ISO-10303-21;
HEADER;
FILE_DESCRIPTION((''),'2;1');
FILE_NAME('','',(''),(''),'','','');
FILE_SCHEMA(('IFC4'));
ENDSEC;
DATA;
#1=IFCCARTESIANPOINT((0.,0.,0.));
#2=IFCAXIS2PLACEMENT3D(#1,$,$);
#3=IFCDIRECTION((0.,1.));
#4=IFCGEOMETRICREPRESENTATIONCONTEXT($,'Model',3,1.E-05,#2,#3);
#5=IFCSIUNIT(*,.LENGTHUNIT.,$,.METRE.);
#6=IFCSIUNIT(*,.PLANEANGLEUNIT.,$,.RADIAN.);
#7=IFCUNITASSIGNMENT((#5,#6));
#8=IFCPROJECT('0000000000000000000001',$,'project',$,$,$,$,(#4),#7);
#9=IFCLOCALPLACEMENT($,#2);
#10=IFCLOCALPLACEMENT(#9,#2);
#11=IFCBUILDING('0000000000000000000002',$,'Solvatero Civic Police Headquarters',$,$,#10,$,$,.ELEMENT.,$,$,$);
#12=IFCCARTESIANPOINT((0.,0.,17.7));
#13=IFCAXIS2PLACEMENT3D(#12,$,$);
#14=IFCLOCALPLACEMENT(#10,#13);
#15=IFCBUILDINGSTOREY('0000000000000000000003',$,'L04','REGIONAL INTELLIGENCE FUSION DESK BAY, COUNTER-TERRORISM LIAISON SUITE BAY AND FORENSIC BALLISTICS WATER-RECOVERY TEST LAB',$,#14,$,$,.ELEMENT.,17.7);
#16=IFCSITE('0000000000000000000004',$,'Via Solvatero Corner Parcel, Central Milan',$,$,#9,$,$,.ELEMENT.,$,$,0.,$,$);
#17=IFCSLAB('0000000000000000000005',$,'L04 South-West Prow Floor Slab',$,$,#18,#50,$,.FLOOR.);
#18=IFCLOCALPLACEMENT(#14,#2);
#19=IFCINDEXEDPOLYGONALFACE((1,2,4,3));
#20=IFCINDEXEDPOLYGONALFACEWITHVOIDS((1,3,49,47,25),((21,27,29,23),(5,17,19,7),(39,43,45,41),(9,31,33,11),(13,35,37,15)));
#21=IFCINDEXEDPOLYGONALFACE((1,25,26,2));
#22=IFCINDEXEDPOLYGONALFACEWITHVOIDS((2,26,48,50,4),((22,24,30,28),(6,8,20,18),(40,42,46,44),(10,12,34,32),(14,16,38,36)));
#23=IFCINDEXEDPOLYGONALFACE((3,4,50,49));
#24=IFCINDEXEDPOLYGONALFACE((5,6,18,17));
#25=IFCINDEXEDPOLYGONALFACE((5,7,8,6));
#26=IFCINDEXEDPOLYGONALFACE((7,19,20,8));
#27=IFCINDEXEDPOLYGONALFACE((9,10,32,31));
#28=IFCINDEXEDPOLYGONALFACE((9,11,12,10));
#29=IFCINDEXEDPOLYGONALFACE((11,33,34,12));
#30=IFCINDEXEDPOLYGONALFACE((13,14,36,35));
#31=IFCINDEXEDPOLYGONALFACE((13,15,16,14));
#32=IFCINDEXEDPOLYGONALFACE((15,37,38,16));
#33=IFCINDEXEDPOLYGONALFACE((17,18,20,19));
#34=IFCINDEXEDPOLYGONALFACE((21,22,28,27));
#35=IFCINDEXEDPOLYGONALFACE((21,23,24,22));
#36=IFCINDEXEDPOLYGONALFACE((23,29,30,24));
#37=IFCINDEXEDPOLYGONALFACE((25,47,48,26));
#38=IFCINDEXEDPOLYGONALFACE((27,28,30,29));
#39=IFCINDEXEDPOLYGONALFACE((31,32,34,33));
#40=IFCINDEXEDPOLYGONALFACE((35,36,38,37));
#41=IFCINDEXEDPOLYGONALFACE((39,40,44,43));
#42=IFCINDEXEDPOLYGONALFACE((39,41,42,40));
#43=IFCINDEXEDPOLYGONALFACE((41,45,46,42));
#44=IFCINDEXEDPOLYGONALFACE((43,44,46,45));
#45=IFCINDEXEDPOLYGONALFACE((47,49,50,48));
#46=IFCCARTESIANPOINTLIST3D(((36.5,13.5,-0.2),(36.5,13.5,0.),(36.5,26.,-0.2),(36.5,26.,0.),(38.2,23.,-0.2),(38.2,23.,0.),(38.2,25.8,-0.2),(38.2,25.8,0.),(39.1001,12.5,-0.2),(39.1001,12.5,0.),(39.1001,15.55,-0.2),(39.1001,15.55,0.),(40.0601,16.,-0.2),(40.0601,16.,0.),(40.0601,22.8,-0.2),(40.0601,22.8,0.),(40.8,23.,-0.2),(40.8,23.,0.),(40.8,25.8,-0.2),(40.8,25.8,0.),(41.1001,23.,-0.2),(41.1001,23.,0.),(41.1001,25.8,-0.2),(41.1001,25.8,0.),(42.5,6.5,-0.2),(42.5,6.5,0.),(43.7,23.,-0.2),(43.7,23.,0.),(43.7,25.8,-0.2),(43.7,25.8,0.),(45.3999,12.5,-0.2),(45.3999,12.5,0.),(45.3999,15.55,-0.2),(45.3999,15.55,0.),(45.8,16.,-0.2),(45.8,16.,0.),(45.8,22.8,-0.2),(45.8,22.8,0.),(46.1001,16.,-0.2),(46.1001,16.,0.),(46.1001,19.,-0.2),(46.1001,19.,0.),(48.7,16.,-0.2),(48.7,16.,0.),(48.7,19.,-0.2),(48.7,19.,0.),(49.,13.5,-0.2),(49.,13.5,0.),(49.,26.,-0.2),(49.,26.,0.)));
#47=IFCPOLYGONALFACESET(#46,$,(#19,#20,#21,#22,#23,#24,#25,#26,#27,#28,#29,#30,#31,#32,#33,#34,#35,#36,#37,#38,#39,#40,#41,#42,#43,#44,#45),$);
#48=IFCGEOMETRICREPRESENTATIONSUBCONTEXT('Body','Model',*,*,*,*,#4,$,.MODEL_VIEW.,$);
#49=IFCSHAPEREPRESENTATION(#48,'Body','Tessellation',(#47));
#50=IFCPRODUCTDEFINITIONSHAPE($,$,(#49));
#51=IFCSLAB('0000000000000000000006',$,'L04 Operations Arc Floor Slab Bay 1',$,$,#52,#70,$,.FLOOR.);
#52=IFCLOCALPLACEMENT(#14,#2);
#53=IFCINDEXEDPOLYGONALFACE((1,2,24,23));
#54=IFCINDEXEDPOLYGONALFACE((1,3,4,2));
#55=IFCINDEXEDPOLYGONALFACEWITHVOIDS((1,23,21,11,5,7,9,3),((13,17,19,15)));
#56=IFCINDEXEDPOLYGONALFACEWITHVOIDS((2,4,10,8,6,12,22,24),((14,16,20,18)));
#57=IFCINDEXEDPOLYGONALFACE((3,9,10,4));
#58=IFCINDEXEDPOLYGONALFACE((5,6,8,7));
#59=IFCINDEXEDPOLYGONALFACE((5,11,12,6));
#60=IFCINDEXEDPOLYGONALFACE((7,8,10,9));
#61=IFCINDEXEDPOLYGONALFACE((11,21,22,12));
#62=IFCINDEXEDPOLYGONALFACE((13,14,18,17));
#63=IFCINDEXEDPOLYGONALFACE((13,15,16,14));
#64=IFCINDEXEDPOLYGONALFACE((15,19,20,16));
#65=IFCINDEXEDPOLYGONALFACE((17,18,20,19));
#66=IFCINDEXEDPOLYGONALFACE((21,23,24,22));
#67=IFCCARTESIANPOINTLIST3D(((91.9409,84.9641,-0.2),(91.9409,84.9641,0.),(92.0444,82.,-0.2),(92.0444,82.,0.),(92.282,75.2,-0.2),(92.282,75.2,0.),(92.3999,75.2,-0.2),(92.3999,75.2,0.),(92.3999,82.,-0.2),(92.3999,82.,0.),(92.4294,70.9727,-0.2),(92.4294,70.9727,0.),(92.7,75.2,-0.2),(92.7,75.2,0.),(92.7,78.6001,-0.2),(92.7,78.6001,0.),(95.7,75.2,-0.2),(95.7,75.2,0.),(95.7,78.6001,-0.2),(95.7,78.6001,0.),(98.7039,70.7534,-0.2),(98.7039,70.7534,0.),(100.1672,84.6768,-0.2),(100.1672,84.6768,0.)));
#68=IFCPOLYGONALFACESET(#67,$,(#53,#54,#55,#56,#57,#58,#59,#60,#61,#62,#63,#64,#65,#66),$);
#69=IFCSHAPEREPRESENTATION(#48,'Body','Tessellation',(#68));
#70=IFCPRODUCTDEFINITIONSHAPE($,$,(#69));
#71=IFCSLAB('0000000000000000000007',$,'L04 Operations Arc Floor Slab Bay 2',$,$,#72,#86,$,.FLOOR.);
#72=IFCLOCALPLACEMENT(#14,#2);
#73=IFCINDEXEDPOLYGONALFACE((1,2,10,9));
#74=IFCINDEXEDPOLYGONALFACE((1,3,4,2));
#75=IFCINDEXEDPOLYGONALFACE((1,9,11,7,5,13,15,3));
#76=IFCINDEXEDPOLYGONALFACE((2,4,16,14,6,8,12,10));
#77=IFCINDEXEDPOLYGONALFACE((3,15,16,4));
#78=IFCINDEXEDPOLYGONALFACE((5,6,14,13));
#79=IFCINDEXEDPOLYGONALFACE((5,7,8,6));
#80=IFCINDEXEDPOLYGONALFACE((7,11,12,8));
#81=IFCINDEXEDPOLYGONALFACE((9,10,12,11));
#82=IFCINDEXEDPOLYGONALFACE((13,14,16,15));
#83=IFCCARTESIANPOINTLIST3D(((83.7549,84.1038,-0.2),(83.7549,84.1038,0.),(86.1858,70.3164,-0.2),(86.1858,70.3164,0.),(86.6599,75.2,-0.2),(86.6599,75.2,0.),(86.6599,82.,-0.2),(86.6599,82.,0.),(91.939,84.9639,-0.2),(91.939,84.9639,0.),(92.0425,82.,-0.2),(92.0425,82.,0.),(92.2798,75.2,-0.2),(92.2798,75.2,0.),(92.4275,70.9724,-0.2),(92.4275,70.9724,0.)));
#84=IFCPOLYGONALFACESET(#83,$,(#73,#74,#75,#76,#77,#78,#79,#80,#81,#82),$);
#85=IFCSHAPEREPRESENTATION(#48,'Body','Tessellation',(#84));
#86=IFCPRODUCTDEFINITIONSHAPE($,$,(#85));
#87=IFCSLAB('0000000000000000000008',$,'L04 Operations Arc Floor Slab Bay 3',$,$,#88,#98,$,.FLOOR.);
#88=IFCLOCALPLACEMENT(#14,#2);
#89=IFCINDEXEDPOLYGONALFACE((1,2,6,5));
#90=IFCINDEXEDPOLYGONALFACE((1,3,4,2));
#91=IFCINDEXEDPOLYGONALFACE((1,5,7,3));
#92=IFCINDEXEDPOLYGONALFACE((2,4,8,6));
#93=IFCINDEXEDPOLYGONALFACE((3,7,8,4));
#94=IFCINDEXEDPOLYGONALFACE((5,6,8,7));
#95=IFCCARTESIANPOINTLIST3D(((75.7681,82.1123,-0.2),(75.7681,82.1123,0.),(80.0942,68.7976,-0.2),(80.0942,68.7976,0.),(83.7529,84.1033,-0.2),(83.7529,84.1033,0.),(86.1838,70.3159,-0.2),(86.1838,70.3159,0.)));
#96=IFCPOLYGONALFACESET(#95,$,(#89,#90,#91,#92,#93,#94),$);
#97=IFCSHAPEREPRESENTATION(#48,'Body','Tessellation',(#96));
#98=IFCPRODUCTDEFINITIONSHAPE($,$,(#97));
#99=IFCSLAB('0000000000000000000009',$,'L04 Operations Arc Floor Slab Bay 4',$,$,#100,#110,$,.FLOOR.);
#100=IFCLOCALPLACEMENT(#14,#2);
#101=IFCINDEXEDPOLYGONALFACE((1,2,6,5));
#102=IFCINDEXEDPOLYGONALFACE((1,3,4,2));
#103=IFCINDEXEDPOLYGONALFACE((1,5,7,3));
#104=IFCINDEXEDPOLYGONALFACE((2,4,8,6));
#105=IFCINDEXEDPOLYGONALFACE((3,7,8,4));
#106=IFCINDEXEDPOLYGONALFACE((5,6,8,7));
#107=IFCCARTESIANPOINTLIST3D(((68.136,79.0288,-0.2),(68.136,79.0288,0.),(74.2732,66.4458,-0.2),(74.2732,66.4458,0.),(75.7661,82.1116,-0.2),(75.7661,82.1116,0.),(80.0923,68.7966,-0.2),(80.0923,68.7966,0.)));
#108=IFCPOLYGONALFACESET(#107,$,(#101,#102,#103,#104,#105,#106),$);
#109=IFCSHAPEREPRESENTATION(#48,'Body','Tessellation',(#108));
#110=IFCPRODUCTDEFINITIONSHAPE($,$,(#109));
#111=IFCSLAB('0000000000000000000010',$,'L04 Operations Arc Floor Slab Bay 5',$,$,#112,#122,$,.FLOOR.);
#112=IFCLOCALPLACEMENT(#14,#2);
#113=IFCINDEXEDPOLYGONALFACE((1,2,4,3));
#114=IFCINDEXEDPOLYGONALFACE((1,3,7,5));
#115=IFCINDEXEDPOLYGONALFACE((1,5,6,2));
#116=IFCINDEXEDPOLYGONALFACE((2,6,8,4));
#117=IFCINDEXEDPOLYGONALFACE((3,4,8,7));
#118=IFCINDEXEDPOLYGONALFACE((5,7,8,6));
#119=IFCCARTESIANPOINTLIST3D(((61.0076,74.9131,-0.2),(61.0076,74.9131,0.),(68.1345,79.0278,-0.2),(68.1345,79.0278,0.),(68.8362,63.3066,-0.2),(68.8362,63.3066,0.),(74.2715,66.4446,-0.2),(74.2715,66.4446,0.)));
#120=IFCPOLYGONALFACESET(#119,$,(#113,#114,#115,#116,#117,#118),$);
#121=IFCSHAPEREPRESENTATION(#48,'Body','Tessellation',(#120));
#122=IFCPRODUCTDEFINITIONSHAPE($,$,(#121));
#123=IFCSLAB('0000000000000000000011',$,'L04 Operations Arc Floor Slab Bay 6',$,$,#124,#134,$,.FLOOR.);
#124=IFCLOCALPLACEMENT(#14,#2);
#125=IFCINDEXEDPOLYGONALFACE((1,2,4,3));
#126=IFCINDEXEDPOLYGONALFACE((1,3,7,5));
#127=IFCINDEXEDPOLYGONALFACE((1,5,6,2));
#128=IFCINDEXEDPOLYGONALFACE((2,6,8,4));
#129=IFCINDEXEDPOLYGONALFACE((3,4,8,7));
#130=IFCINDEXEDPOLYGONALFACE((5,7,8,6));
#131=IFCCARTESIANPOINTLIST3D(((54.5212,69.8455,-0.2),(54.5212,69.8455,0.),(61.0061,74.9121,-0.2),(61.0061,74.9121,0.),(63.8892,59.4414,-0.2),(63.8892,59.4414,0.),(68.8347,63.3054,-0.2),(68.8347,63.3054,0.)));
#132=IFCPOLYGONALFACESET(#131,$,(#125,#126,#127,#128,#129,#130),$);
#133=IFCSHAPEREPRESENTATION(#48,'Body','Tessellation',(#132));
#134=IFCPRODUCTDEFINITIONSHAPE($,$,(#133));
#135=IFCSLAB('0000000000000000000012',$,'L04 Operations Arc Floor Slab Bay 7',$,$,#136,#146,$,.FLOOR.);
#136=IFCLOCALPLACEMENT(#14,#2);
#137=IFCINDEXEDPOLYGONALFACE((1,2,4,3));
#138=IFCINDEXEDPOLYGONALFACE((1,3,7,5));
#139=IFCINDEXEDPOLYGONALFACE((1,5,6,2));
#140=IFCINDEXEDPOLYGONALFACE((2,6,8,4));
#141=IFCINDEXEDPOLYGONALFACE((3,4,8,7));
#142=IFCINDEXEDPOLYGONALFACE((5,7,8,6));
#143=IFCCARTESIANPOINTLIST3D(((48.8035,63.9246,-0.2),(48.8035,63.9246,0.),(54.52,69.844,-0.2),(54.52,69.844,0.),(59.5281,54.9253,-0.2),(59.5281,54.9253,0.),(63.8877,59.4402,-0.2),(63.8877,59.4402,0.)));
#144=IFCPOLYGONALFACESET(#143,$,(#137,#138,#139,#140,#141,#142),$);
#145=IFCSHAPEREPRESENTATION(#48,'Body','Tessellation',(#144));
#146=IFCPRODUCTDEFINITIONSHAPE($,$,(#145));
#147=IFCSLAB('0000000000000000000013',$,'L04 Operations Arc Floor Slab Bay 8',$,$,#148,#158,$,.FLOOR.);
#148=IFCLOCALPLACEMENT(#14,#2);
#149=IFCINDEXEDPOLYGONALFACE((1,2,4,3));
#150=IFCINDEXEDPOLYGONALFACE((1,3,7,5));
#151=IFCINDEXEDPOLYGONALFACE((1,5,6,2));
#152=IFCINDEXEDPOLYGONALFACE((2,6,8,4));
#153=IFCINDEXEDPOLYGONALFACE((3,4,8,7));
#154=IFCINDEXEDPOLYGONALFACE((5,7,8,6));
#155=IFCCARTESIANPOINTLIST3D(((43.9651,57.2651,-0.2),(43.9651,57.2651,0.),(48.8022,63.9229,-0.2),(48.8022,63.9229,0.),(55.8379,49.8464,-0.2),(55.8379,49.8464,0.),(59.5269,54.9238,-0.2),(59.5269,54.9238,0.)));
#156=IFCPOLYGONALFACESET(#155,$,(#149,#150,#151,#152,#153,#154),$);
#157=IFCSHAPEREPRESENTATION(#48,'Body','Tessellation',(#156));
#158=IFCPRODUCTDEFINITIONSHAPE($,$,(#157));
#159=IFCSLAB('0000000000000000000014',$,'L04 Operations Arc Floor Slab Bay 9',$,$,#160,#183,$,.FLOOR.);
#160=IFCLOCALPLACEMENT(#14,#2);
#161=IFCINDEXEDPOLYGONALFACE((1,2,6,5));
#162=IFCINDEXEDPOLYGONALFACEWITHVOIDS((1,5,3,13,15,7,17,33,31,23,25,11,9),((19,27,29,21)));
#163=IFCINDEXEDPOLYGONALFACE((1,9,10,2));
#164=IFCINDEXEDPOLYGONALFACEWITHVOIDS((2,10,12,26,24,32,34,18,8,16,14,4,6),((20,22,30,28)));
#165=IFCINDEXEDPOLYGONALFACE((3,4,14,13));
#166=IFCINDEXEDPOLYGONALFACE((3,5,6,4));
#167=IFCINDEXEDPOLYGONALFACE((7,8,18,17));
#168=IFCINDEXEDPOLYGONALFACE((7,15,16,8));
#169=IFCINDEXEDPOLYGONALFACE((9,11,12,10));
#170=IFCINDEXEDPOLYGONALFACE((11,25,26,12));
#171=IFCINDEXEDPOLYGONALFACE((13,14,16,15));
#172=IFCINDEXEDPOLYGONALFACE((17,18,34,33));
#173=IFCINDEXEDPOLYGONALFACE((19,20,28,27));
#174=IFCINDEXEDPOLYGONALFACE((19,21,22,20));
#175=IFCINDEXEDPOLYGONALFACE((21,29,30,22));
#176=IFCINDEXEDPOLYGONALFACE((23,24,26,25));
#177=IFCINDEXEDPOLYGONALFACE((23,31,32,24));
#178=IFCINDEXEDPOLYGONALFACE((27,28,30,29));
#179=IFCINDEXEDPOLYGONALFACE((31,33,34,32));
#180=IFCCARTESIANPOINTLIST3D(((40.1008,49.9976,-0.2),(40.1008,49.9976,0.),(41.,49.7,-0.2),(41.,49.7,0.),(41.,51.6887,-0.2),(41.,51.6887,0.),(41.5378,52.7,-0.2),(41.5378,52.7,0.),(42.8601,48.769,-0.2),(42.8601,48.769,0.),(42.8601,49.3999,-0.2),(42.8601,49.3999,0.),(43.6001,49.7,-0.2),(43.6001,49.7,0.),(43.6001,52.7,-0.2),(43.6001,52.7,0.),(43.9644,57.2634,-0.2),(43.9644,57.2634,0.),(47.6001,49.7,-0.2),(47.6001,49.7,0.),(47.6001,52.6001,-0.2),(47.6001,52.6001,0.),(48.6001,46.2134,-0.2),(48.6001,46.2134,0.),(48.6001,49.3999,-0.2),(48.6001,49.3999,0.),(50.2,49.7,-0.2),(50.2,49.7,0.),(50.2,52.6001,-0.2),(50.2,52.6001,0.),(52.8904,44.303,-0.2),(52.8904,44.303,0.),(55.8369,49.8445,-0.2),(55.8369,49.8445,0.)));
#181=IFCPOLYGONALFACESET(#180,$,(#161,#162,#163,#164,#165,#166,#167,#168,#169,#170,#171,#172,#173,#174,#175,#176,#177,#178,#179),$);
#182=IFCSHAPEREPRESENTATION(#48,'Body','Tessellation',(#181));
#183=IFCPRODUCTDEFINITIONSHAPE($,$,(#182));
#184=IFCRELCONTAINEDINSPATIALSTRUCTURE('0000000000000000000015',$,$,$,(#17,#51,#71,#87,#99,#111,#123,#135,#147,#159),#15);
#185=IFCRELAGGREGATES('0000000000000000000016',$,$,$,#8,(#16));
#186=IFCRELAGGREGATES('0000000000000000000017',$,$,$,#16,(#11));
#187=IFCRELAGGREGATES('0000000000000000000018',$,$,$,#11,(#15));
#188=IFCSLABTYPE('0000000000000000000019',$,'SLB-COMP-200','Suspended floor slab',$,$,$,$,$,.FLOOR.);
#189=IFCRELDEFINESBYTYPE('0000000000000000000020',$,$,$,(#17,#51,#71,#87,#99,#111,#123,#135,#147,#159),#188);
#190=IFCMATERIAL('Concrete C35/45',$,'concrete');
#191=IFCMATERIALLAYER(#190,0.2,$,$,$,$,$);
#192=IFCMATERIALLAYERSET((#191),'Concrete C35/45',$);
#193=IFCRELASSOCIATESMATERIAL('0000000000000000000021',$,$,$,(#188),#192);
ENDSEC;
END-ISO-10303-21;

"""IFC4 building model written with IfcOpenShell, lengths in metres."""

from ifc_helpers import new_model, si_unit, direction, frame, origin, place, context, subcontext, project, spatial, polyline, outline, extrude, material, layer, layer_set, type_object, element, save


model = new_model("IFC4")

# Units and contexts
model_context = context("Model", 3, precision=1e-05, world=origin(), true_north=direction((0.0, 1.0)))
body_context = subcontext(model_context, "Body", "Model", "MODEL_VIEW")
ifc_project = project(units=[si_unit("LENGTHUNIT", "METRE"), si_unit("PLANEANGLEUNIT", "RADIAN")], contexts=[model_context])

# Site, building, storey
site_placement = place(None, origin())
site = spatial("IfcSite", under=ifc_project, at=site_placement, Name="Via Solvatero Corner Parcel, Central Milan", CompositionType="ELEMENT", RefElevation=0.0)
building_placement = place(site_placement, origin())
building = spatial("IfcBuilding", under=site, at=building_placement, Name="Solvatero Civic Police Headquarters", CompositionType="ELEMENT")
storey_placement = place(building_placement, frame((0.0, 0.0, 17.7)))
storey = spatial("IfcBuildingStorey", under=building, at=storey_placement, Name="L04", Description="REGIONAL INTELLIGENCE FUSION DESK BAY, COUNTER-TERRORISM LIAISON SUITE BAY AND FORENSIC BALLISTICS WATER-RECOVERY TEST LAB", CompositionType="ELEMENT", Elevation=17.7)

# Slabs
ifc_material_1 = material(Name="Concrete C35/45", Category="concrete")
ifc_layer_1 = layer(ifc_material_1, 0.2)
ifc_layer_set_1 = layer_set([ifc_layer_1], Name="Concrete C35/45")
slab_type_1 = type_object("IfcSlabType", Name="SLB-COMP-200", Description="Suspended floor slab", PredefinedType="FLOOR", material=ifc_layer_set_1)
slab_1_placement = place(storey_placement, frame((0.0, 0.0, -0.2)))
element("IfcSlab", 1, at=slab_1_placement, inside=storey, type_object=slab_type_1, Name="L04 South-West Prow Floor Slab", PredefinedType="FLOOR", context=body_context, shape_type="SweptSolid", body=[
    extrude(outline(polyline([(49.0, 13.5), (42.5, 6.5), (36.5, 13.5), (36.5, 26.0), (49.0, 26.0), (49.0, 13.5)]), holes=[polyline([(39.1001, 12.5), (45.3999, 12.5), (45.3999, 15.55), (39.1001, 15.55), (39.1001, 12.5)]), polyline([(46.1001, 16.0), (48.7, 16.0), (48.7, 19.0), (46.1001, 19.0), (46.1001, 16.0)]), polyline([(40.0601, 16.0), (45.8, 16.0), (45.8, 22.8), (40.0601, 22.8), (40.0601, 16.0)]), polyline([(38.2, 25.8), (38.2, 23.0), (40.8, 23.0), (40.8, 25.8), (38.2, 25.8)]), polyline([(41.1001, 25.8), (41.1001, 23.0), (43.7, 23.0), (43.7, 25.8), (41.1001, 25.8)])]), origin(), (0.0, 0.0, 1.0), 0.2),
])
slab_2_placement = place(storey_placement, frame((0.0, 0.0, -0.2)))
element("IfcSlab", 2, at=slab_2_placement, inside=storey, type_object=slab_type_1, Name="L04 Operations Arc Floor Slab Bay 1", PredefinedType="FLOOR", context=body_context, shape_type="SweptSolid", body=[
    extrude(outline(polyline([(98.7039, 70.7534), (92.4294, 70.9727), (92.282, 75.2), (92.3999, 75.2), (92.3999, 82.0), (92.0444, 82.0), (91.9409, 84.9641), (100.1672, 84.6768), (98.7039, 70.7534)]), holes=[polyline([(92.7, 75.2), (95.7, 75.2), (95.7, 78.6001), (92.7, 78.6001), (92.7, 75.2)])]), origin(), (0.0, 0.0, 1.0), 0.2),
])
slab_3_placement = place(storey_placement, frame((0.0, 0.0, -0.2)))
element("IfcSlab", 3, at=slab_3_placement, inside=storey, type_object=slab_type_1, Name="L04 Operations Arc Floor Slab Bay 2", PredefinedType="FLOOR", context=body_context, shape_type="SweptSolid", body=[
    extrude(outline(polyline([(83.7549, 84.1038), (91.939, 84.9639), (92.0425, 82.0), (86.6599, 82.0), (86.6599, 75.2), (92.2798, 75.2), (92.4275, 70.9724), (86.1858, 70.3164), (83.7549, 84.1038)])), origin(), (0.0, 0.0, 1.0), 0.2),
])
slab_4_placement = place(storey_placement, frame((0.0, 0.0, -0.2)))
element("IfcSlab", 4, at=slab_4_placement, inside=storey, type_object=slab_type_1, Name="L04 Operations Arc Floor Slab Bay 3", PredefinedType="FLOOR", context=body_context, shape_type="SweptSolid", body=[
    extrude(outline(polyline([(83.7529, 84.1033), (86.1838, 70.3159), (80.0942, 68.7976), (75.7681, 82.1123), (83.7529, 84.1033)])), origin(), (0.0, 0.0, 1.0), 0.2),
])
slab_5_placement = place(storey_placement, frame((0.0, 0.0, -0.2)))
element("IfcSlab", 5, at=slab_5_placement, inside=storey, type_object=slab_type_1, Name="L04 Operations Arc Floor Slab Bay 4", PredefinedType="FLOOR", context=body_context, shape_type="SweptSolid", body=[
    extrude(outline(polyline([(75.7661, 82.1116), (80.0923, 68.7966), (74.2732, 66.4458), (68.136, 79.0288), (75.7661, 82.1116)])), origin(), (0.0, 0.0, 1.0), 0.2),
])
slab_6_placement = place(storey_placement, frame((0.0, 0.0, -0.2)))
element("IfcSlab", 6, at=slab_6_placement, inside=storey, type_object=slab_type_1, Name="L04 Operations Arc Floor Slab Bay 5", PredefinedType="FLOOR", context=body_context, shape_type="SweptSolid", body=[
    extrude(outline(polyline([(68.1345, 79.0278), (74.2715, 66.4446), (68.8362, 63.3066), (61.0076, 74.9131), (68.1345, 79.0278)])), origin(), (0.0, 0.0, 1.0), 0.2),
])
slab_7_placement = place(storey_placement, frame((0.0, 0.0, -0.2)))
element("IfcSlab", 7, at=slab_7_placement, inside=storey, type_object=slab_type_1, Name="L04 Operations Arc Floor Slab Bay 6", PredefinedType="FLOOR", context=body_context, shape_type="SweptSolid", body=[
    extrude(outline(polyline([(61.0061, 74.9121), (68.8347, 63.3054), (63.8892, 59.4414), (54.5212, 69.8455), (61.0061, 74.9121)])), origin(), (0.0, 0.0, 1.0), 0.2),
])
slab_8_placement = place(storey_placement, frame((0.0, 0.0, -0.2)))
element("IfcSlab", 8, at=slab_8_placement, inside=storey, type_object=slab_type_1, Name="L04 Operations Arc Floor Slab Bay 7", PredefinedType="FLOOR", context=body_context, shape_type="SweptSolid", body=[
    extrude(outline(polyline([(54.52, 69.844), (63.8877, 59.4402), (59.5281, 54.9253), (48.8035, 63.9246), (54.52, 69.844)])), origin(), (0.0, 0.0, 1.0), 0.2),
])
slab_9_placement = place(storey_placement, frame((0.0, 0.0, -0.2)))
element("IfcSlab", 9, at=slab_9_placement, inside=storey, type_object=slab_type_1, Name="L04 Operations Arc Floor Slab Bay 8", PredefinedType="FLOOR", context=body_context, shape_type="SweptSolid", body=[
    extrude(outline(polyline([(48.8022, 63.9229), (59.5269, 54.9238), (55.8379, 49.8464), (43.9651, 57.2651), (48.8022, 63.9229)])), origin(), (0.0, 0.0, 1.0), 0.2),
])
slab_10_placement = place(storey_placement, frame((0.0, 0.0, -0.2)))
element("IfcSlab", 10, at=slab_10_placement, inside=storey, type_object=slab_type_1, Name="L04 Operations Arc Floor Slab Bay 9", PredefinedType="FLOOR", context=body_context, shape_type="SweptSolid", body=[
    extrude(outline(polyline([(52.8904, 44.303), (48.6001, 46.2134), (48.6001, 49.3999), (42.8601, 49.3999), (42.8601, 48.769), (40.1008, 49.9976), (41.0, 51.6887), (41.0, 49.7), (43.6001, 49.7), (43.6001, 52.7), (41.5378, 52.7), (43.9644, 57.2634), (55.8369, 49.8445), (52.8904, 44.303)]), holes=[polyline([(50.2, 49.7), (50.2, 52.6001), (47.6001, 52.6001), (47.6001, 49.7), (50.2, 49.7)])]), origin(), (0.0, 0.0, 1.0), 0.2),
])

save(model, "model.ifc")
